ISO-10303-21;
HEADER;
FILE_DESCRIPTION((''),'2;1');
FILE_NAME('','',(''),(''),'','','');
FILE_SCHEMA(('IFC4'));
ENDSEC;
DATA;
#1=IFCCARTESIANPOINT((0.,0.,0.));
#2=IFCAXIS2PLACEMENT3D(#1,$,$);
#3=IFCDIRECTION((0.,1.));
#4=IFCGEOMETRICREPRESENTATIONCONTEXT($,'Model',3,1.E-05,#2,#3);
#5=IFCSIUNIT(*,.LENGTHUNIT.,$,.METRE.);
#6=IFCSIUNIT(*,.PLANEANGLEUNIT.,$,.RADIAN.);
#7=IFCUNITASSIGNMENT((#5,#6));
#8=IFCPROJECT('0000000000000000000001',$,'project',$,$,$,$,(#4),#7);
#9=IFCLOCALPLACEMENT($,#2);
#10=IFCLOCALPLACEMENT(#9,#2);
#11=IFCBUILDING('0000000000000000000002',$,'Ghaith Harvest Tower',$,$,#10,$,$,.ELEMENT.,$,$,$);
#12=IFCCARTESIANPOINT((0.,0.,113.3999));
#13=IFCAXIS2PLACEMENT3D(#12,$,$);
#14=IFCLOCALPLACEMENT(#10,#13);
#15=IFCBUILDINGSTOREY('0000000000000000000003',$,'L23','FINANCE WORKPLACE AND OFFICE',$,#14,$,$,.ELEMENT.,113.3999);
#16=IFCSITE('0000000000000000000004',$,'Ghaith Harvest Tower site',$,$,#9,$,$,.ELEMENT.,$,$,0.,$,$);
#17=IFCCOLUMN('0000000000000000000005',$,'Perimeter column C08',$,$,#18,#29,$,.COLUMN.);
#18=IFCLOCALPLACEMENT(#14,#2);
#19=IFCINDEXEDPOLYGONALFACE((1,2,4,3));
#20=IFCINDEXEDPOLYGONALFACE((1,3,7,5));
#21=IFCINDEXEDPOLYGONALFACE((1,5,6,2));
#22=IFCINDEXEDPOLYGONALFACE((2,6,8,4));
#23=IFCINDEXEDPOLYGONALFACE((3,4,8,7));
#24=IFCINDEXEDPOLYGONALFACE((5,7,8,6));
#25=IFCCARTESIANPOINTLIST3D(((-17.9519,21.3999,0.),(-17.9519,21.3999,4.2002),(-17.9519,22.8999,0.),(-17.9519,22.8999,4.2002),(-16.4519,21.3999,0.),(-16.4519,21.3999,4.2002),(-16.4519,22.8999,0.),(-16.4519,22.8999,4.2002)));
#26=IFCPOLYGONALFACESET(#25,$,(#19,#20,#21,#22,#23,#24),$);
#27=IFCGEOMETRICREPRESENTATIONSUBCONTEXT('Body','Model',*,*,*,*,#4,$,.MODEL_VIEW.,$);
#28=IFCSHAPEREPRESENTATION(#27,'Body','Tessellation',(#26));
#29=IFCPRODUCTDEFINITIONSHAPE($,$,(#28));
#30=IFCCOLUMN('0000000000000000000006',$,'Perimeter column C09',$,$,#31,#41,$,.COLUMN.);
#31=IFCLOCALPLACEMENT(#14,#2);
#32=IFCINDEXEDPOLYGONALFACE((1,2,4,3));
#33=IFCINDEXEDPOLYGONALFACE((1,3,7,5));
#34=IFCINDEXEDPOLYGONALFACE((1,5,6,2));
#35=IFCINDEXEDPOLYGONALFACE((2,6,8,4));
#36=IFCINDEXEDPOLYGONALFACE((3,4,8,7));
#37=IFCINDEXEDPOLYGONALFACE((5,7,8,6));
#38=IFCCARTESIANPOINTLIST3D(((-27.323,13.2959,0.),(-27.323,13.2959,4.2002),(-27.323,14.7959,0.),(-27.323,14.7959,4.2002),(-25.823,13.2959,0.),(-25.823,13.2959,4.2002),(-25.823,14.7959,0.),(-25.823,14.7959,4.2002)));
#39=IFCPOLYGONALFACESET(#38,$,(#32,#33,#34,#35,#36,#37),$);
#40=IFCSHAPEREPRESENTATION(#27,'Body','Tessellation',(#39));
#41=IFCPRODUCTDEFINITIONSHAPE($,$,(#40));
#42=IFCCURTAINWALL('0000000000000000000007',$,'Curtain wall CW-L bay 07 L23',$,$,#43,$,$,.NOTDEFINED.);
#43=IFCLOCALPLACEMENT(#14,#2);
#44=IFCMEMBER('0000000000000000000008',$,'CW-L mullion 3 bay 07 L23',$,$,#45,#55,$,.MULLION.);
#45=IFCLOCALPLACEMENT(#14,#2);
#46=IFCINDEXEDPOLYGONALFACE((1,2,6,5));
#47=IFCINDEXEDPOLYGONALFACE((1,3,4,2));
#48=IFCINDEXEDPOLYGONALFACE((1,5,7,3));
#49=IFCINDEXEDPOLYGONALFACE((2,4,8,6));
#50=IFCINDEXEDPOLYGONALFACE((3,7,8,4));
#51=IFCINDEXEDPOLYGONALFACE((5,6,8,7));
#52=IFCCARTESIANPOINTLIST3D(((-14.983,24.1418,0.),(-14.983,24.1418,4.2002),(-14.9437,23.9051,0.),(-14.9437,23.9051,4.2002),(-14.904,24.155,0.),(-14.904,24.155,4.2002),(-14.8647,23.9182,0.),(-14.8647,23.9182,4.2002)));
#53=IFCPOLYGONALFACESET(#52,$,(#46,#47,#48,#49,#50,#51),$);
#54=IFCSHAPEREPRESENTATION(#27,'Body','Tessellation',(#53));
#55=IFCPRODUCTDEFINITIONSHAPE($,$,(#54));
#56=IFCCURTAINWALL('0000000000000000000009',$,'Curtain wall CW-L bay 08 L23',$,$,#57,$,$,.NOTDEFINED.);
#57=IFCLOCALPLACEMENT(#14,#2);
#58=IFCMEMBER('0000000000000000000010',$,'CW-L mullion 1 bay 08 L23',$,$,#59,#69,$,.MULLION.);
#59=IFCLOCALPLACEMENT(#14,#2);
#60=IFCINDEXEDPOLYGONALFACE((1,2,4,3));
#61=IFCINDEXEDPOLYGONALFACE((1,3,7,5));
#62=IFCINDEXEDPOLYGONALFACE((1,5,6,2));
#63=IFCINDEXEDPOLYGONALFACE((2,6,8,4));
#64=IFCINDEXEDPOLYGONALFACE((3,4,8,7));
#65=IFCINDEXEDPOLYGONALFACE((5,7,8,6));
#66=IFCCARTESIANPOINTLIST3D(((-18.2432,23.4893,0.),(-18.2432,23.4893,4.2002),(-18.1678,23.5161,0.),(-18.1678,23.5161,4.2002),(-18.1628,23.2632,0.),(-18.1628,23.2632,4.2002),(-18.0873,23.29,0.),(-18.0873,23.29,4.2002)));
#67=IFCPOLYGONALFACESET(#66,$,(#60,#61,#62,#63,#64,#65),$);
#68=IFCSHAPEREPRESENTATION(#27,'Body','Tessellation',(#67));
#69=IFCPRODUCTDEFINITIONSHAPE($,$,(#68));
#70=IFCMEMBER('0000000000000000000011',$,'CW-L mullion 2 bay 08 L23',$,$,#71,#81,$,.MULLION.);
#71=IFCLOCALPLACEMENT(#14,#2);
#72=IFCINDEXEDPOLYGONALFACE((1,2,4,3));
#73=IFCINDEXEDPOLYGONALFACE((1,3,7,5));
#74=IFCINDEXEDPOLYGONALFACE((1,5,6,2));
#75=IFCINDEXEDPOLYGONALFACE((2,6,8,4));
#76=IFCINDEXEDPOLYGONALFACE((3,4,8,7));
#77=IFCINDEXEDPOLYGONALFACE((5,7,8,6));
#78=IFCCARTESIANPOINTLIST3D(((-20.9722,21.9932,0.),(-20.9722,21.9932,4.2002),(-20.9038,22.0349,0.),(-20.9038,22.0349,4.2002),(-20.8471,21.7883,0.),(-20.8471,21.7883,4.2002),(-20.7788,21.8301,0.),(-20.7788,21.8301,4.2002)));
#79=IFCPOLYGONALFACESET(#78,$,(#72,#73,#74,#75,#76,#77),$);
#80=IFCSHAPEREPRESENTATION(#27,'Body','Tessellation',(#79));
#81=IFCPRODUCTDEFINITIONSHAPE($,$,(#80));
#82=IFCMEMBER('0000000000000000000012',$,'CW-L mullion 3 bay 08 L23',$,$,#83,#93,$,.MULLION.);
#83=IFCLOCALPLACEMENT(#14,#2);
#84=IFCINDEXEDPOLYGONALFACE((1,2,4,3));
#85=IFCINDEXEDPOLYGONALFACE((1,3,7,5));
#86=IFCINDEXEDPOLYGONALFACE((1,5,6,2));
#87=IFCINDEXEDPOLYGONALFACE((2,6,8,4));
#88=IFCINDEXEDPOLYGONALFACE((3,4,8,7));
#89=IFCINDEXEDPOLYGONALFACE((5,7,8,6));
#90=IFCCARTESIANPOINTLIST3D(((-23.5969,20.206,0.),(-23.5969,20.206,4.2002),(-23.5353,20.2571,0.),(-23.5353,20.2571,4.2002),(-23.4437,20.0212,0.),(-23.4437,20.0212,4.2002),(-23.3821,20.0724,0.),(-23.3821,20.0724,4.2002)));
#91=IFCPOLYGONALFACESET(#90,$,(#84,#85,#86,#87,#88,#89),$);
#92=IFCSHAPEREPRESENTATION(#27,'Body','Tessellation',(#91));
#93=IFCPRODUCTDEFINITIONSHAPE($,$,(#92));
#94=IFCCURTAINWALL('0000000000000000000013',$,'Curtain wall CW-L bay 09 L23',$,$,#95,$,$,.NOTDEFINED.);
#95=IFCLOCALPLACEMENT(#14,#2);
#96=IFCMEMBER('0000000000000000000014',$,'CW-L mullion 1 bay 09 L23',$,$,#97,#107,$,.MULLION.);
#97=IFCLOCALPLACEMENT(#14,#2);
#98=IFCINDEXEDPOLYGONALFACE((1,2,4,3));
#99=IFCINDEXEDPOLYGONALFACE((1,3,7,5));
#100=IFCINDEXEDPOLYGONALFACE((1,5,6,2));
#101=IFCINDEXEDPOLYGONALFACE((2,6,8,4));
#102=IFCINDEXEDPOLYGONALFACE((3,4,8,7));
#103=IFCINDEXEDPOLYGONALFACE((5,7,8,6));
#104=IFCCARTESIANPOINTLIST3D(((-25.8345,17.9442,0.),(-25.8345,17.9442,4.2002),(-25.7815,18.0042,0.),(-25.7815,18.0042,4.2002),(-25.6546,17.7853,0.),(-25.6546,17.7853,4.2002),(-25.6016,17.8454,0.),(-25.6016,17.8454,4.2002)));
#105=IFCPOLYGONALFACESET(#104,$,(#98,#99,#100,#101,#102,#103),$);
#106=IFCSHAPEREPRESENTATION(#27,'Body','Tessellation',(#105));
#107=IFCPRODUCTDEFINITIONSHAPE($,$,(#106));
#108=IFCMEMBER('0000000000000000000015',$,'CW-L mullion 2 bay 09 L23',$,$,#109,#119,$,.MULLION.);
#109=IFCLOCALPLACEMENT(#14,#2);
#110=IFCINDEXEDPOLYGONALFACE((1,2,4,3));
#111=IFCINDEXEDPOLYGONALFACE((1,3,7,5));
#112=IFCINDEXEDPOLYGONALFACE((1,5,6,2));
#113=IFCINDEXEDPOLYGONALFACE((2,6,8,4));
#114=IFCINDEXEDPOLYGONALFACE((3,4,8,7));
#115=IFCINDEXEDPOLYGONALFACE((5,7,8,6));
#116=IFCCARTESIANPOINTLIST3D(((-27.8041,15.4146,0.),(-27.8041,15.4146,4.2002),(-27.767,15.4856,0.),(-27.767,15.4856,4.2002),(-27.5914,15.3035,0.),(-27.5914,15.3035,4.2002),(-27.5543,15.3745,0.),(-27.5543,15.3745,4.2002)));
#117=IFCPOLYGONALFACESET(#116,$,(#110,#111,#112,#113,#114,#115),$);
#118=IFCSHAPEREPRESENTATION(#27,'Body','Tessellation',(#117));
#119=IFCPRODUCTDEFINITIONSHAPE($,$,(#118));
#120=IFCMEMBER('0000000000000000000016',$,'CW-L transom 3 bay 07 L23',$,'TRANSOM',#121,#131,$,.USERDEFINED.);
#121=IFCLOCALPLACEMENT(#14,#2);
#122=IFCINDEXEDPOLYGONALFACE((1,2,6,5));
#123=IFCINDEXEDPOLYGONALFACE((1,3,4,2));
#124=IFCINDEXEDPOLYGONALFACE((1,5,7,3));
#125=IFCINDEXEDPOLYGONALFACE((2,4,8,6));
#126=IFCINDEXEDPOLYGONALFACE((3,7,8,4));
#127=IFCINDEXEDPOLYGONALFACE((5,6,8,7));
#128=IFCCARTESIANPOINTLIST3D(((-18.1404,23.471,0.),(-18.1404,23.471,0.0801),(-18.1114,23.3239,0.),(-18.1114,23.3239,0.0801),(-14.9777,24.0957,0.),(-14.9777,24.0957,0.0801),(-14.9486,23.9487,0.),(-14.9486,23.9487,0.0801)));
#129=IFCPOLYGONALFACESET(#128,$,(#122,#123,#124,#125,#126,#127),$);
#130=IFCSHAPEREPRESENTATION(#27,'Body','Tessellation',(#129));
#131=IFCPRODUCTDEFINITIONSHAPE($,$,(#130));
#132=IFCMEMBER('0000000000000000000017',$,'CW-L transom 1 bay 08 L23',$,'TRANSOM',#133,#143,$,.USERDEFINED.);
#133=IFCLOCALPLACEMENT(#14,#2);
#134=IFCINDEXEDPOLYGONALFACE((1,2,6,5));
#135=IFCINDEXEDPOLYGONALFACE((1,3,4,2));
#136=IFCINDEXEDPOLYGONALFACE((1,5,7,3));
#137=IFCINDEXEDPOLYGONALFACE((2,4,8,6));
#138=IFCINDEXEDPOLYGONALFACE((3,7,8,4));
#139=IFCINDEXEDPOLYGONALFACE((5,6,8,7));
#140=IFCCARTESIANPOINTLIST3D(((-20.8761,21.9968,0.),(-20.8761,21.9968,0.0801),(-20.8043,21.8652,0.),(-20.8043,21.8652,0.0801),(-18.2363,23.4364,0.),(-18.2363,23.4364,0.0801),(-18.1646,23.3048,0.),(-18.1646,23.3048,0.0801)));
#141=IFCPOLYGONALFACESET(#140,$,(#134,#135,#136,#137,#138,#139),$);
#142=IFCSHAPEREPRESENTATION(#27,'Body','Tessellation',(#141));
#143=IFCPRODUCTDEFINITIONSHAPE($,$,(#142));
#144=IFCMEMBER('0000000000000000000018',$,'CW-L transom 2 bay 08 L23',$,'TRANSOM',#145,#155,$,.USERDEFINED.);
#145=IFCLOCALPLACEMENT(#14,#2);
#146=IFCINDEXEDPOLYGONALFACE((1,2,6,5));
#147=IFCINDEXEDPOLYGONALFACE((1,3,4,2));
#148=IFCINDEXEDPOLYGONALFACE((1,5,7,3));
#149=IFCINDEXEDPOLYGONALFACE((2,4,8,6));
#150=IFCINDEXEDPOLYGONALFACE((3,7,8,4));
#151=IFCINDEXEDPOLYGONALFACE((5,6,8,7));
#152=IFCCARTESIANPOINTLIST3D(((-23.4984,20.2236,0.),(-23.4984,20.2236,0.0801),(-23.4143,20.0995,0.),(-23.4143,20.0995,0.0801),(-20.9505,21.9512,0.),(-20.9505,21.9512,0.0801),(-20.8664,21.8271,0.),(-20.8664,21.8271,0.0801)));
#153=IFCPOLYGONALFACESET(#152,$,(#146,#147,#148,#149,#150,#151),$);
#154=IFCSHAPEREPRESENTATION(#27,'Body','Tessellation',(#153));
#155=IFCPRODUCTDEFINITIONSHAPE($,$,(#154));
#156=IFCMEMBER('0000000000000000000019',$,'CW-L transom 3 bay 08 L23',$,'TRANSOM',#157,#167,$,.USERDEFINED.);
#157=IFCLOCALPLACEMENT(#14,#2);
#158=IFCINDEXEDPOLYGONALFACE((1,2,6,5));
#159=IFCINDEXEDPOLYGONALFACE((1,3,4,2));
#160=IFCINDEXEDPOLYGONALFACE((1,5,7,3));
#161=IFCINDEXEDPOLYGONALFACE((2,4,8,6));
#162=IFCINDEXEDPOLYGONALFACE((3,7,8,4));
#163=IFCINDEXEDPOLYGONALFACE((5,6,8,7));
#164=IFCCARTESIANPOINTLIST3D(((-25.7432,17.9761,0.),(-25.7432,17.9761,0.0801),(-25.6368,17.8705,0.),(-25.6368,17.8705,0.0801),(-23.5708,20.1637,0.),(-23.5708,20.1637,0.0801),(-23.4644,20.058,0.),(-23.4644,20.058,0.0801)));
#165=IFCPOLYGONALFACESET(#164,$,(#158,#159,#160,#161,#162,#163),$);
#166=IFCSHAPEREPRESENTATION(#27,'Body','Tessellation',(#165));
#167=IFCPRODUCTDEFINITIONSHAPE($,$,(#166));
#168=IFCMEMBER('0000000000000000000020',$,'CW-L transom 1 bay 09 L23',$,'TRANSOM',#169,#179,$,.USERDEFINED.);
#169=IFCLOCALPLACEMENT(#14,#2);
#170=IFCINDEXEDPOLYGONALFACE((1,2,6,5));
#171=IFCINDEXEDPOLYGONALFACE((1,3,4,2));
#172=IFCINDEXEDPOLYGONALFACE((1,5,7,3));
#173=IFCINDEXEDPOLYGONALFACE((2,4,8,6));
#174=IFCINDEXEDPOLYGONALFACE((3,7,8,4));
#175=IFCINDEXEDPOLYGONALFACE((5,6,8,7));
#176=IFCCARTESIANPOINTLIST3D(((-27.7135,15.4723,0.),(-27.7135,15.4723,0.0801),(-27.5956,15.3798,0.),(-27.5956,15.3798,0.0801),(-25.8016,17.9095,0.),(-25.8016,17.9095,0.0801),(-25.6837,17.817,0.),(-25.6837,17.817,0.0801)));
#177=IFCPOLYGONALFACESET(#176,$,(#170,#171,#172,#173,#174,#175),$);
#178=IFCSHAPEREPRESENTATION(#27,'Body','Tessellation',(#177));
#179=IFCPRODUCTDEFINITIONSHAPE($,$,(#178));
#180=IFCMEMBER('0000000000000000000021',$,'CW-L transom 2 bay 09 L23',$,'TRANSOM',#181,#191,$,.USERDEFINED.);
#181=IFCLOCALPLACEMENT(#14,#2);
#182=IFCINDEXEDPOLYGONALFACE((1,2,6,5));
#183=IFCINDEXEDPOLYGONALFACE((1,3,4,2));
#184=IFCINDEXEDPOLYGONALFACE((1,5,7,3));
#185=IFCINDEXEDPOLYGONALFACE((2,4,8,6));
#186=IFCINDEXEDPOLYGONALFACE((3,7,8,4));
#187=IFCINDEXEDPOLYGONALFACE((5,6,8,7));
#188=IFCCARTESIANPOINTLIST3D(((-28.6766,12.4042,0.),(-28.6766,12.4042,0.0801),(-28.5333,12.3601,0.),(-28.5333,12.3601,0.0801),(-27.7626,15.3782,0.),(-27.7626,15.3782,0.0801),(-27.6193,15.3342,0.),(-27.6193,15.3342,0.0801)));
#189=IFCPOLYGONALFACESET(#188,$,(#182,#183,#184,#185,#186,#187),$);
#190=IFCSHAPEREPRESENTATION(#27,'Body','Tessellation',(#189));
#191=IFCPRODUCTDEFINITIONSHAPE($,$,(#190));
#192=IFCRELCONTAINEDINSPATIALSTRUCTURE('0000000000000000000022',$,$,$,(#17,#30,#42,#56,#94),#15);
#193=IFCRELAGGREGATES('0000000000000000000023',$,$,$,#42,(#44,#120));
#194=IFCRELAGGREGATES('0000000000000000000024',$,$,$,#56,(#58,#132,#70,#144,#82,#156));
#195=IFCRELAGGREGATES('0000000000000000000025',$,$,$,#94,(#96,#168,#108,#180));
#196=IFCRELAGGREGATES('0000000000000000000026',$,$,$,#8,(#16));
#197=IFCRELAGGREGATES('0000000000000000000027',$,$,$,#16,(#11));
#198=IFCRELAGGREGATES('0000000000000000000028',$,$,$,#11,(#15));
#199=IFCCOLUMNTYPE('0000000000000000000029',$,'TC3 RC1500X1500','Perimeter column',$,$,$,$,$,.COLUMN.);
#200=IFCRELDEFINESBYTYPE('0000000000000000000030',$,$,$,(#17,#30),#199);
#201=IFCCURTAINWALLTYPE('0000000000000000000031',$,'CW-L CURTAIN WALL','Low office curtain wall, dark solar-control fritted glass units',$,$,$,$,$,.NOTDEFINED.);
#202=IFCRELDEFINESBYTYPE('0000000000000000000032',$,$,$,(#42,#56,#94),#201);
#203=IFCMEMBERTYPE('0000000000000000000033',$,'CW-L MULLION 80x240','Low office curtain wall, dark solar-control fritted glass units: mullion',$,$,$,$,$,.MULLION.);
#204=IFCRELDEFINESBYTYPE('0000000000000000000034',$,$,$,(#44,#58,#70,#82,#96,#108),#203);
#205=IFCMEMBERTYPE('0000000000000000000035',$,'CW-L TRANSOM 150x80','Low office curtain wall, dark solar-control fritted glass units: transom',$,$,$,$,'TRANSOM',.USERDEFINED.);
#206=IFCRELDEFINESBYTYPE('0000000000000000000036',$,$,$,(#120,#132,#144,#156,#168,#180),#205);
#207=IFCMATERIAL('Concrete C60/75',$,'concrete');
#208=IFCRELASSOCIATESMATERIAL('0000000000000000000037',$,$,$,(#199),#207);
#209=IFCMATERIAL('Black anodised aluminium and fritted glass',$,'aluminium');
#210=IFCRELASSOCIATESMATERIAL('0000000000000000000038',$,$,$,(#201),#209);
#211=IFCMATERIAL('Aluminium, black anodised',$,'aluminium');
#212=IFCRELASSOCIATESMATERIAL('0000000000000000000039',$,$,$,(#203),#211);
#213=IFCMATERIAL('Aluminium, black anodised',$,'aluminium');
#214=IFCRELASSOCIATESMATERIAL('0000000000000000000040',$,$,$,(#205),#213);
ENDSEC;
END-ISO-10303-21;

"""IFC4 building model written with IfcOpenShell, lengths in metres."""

from ifc_helpers import new_model, si_unit, direction, frame, origin, origin_2d, place, context, subcontext, project, spatial, rectangle, extrude, material, material_profile, profile_set, type_object, element, aggregate, save


model = new_model("IFC4")

# Units and contexts
model_context = context("Model", 3, precision=1e-05, world=origin(), true_north=direction((0.0, 1.0)))
body_context = subcontext(model_context, "Body", "Model", "MODEL_VIEW")
ifc_project = project(units=[si_unit("LENGTHUNIT", "METRE"), si_unit("PLANEANGLEUNIT", "RADIAN")], contexts=[model_context])

# Site, building, storey
site_placement = place(None, origin())
site = spatial("IfcSite", under=ifc_project, at=site_placement, Name="Ghaith Harvest Tower site", CompositionType="ELEMENT", RefElevation=0.0)
building_placement = place(site_placement, origin())
building = spatial("IfcBuilding", under=site, at=building_placement, Name="Ghaith Harvest Tower", CompositionType="ELEMENT")
storey_placement = place(building_placement, frame((0.0, 0.0, 113.3999)))
storey = spatial("IfcBuildingStorey", under=building, at=storey_placement, Name="L23", Description="FINANCE WORKPLACE AND OFFICE", CompositionType="ELEMENT", Elevation=113.3999)

# Columns
ifc_material_1 = material(Name="Concrete C60/75", Category="concrete")
ifc_material_profile_1 = material_profile(ifc_material_1, rectangle(XDim=1.5, YDim=1.5, at=origin_2d()), Name="RC1500X1500")
ifc_profile_set_1 = profile_set([ifc_material_profile_1], Name="Concrete C60/75")
column_type = type_object("IfcColumnType", Name="TC3 RC1500X1500", Description="Perimeter column", PredefinedType="COLUMN", material=ifc_profile_set_1)
for number, where, z_axis, x_axis, name in (
    (1, (-17.2019, 22.1499, 0.0), (0.0, 0.0, 1.0), (1.0, 0.0, 0.0), "Perimeter column C08"),
    (2, (-26.573, 14.0459, 0.0), (0.0, 0.0, 1.0), (1.0, 0.0, 0.0), "Perimeter column C09"),
):
    element("IfcColumn", number, at=place(storey_placement, frame(where, z_axis=z_axis, x_axis=x_axis)), inside=storey, type_object=column_type, Name=name, PredefinedType="COLUMN", context=body_context, shape_type="SweptSolid", body=[
        extrude(rectangle(XDim=1.5, YDim=1.5, at=origin_2d()), origin(), (0.0, 0.0, 1.0), 4.2002),
    ])

# Curtain wall, member
ifc_material_2 = material(Name="Black anodised aluminium and fritted glass", Category="aluminium")
curtain_wall_type = type_object("IfcCurtainWallType", Name="CW-L CURTAIN WALL", Description="Low office curtain wall, dark solar-control fritted glass units", PredefinedType="NOTDEFINED", material=ifc_material_2)
curtain_wall_1_placement = place(storey_placement, origin())
curtain_wall_1 = element("IfcCurtainWall", 3, at=curtain_wall_1_placement, inside=storey, type_object=curtain_wall_type, Name="Curtain wall CW-L bay 07 L23", PredefinedType="NOTDEFINED")
ifc_material_3 = material(Name="Aluminium, black anodised", Category="aluminium")
ifc_material_profile_2 = material_profile(ifc_material_3, rectangle(XDim=0.0801, YDim=0.24, at=origin_2d()), Name="CW-L MULLION 80x240")
ifc_profile_set_2 = profile_set([ifc_material_profile_2], Name="Aluminium, black anodised")
member_type_1 = type_object("IfcMemberType", Name="CW-L MULLION 80x240", Description="Low office curtain wall, dark solar-control fritted glass units: mullion", PredefinedType="MULLION", material=ifc_profile_set_2)
member_1_placement = place(storey_placement, frame((-14.9238, 24.03, 0.0), z_axis=(0.0, 0.0, 1.0), x_axis=(-0.986495, -0.163794, 0.0)))
member_1 = element("IfcMember", 4, at=member_1_placement, type_object=member_type_1, Name="CW-L mullion 3 bay 07 L23", PredefinedType="MULLION", context=body_context, shape_type="SweptSolid", body=[
    extrude(rectangle(XDim=0.0801, YDim=0.24, at=origin_2d()), origin(), (0.0, 0.0, 1.0), 4.2002),
])

# Curtain walls, members
curtain_wall_2_placement = place(storey_placement, origin())
curtain_wall_2 = element("IfcCurtainWall", 5, at=curtain_wall_2_placement, inside=storey, type_object=curtain_wall_type, Name="Curtain wall CW-L bay 08 L23", PredefinedType="NOTDEFINED")
member_2_placement = place(storey_placement, frame((-18.1653, 23.3896, 0.0), z_axis=(0.0, 0.0, 1.0), x_axis=(-0.942104, -0.335322, 0.0)))
member_2 = element("IfcMember", 6, at=member_2_placement, type_object=member_type_1, Name="CW-L mullion 1 bay 08 L23", PredefinedType="MULLION", context=body_context, shape_type="SweptSolid", body=[
    extrude(rectangle(XDim=0.0801, YDim=0.24, at=origin_2d()), origin(), (0.0, 0.0, 1.0), 4.2002),
])
member_3_placement = place(storey_placement, frame((-20.8755, 21.9116, 0.0), z_axis=(0.0, 0.0, 1.0), x_axis=(-0.853516, -0.521067, 0.0)))
member_3 = element("IfcMember", 7, at=member_3_placement, type_object=member_type_1, Name="CW-L mullion 2 bay 08 L23", PredefinedType="MULLION", context=body_context, shape_type="SweptSolid", body=[
    extrude(rectangle(XDim=0.0801, YDim=0.24, at=origin_2d()), origin(), (0.0, 0.0, 1.0), 4.2002),
])
member_4_placement = place(storey_placement, frame((-23.4895, 20.1392, 0.0), z_axis=(0.0, 0.0, 1.0), x_axis=(-0.769683, -0.638427, 0.0)))
member_4 = element("IfcMember", 8, at=member_4_placement, type_object=member_type_1, Name="CW-L mullion 3 bay 08 L23", PredefinedType="MULLION", context=body_context, shape_type="SweptSolid", body=[
    extrude(rectangle(XDim=0.0801, YDim=0.24, at=origin_2d()), origin(), (0.0, 0.0, 1.0), 4.2002),
])
curtain_wall_3_placement = place(storey_placement, origin())
curtain_wall_3 = element("IfcCurtainWall", 9, at=curtain_wall_3_placement, inside=storey, type_object=curtain_wall_type, Name="Curtain wall CW-L bay 09 L23", PredefinedType="NOTDEFINED")
member_5_placement = place(storey_placement, frame((-25.718, 17.8948, 0.0), z_axis=(0.0, 0.0, 1.0), x_axis=(-0.661904, -0.749589, 0.0)))
member_5 = element("IfcMember", 10, at=member_5_placement, type_object=member_type_1, Name="CW-L mullion 1 bay 09 L23", PredefinedType="MULLION", context=body_context, shape_type="SweptSolid", body=[
    extrude(rectangle(XDim=0.0801, YDim=0.24, at=origin_2d()), origin(), (0.0, 0.0, 1.0), 4.2002),
])
member_6_placement = place(storey_placement, frame((-27.6792, 15.3945, 0.0), z_axis=(0.0, 0.0, 1.0), x_axis=(-0.46289, -0.886416, 0.0)))
member_6 = element("IfcMember", 11, at=member_6_placement, type_object=member_type_1, Name="CW-L mullion 2 bay 09 L23", PredefinedType="MULLION", context=body_context, shape_type="SweptSolid", body=[
    extrude(rectangle(XDim=0.0801, YDim=0.24, at=origin_2d()), origin(), (0.0, 0.0, 1.0), 4.2002),
])

# Members
ifc_material_4 = material(Name="Aluminium, black anodised", Category="aluminium")
ifc_material_profile_3 = material_profile(ifc_material_4, rectangle(XDim=0.1499, YDim=0.0801, at=origin_2d()), Name="CW-L TRANSOM 150x80")
ifc_profile_set_3 = profile_set([ifc_material_profile_3], Name="Aluminium, black anodised")
member_type_2 = type_object("IfcMemberType", Name="CW-L TRANSOM 150x80", Description="Low office curtain wall, dark solar-control fritted glass units: transom", ElementType="TRANSOM", PredefinedType="USERDEFINED", material=ifc_profile_set_3)
member_7_placement = place(storey_placement, frame((-14.9631, 24.0222, 0.04), z_axis=(-0.981044, -0.193786, 0.0), x_axis=(0.193786, -0.981044, 0.0)))
member_7 = element("IfcMember", 12, at=member_7_placement, type_object=member_type_2, Name="CW-L transom 3 bay 07 L23", ObjectType="TRANSOM", PredefinedType="USERDEFINED", context=body_context, shape_type="SweptSolid", body=[
    extrude(rectangle(XDim=0.1499, YDim=0.0801, at=origin_2d()), origin(), (0.0, 0.0, 1.0), 3.2239),
])
member_8_placement = place(storey_placement, frame((-18.2004, 23.3706, 0.04), z_axis=(-0.87793, -0.47879, 0.0), x_axis=(0.47879, -0.87793, 0.0)))
member_8 = element("IfcMember", 13, at=member_8_placement, type_object=member_type_2, Name="CW-L transom 1 bay 08 L23", ObjectType="TRANSOM", PredefinedType="USERDEFINED", context=body_context, shape_type="SweptSolid", body=[
    extrude(rectangle(XDim=0.1499, YDim=0.0801, at=origin_2d()), origin(), (0.0, 0.0, 1.0), 3.0068),
])
member_9_placement = place(storey_placement, frame((-20.9084, 21.8892, 0.04), z_axis=(-0.827681, -0.561199, 0.0), x_axis=(0.561199, -0.827681, 0.0)))
member_9 = element("IfcMember", 14, at=member_9_placement, type_object=member_type_2, Name="CW-L transom 2 bay 08 L23", ObjectType="TRANSOM", PredefinedType="USERDEFINED", context=body_context, shape_type="SweptSolid", body=[
    extrude(rectangle(XDim=0.1499, YDim=0.0801, at=origin_2d()), origin(), (0.0, 0.0, 1.0), 3.0784),
])
member_10_placement = place(storey_placement, frame((-23.5176, 20.1108, 0.04), z_axis=(-0.704648, -0.709557, 0.0), x_axis=(0.709557, -0.704648, 0.0)))
member_10 = element("IfcMember", 15, at=member_10_placement, type_object=member_type_2, Name="CW-L transom 3 bay 08 L23", ObjectType="TRANSOM", PredefinedType="USERDEFINED", context=body_context, shape_type="SweptSolid", body=[
    extrude(rectangle(XDim=0.1499, YDim=0.0801, at=origin_2d()), origin(), (0.0, 0.0, 1.0), 3.083),
])
member_11_placement = place(storey_placement, frame((-25.7427, 17.8633, 0.04), z_axis=(-0.617198, -0.786808, 0.0), x_axis=(0.786808, -0.617198, 0.0)))
member_11 = element("IfcMember", 16, at=member_11_placement, type_object=member_type_2, Name="CW-L transom 1 bay 09 L23", ObjectType="TRANSOM", PredefinedType="USERDEFINED", context=body_context, shape_type="SweptSolid", body=[
    extrude(rectangle(XDim=0.1499, YDim=0.0801, at=origin_2d()), origin(), (0.0, 0.0, 1.0), 3.0977),
])
member_12_placement = place(storey_placement, frame((-27.6909, 15.3562, 0.04), z_axis=(-0.293777, -0.955874, 0.0), x_axis=(0.955874, -0.293777, 0.0)))
member_12 = element("IfcMember", 17, at=member_12_placement, type_object=member_type_2, Name="CW-L transom 2 bay 09 L23", ObjectType="TRANSOM", PredefinedType="USERDEFINED", context=body_context, shape_type="SweptSolid", body=[
    extrude(rectangle(XDim=0.1499, YDim=0.0801, at=origin_2d()), origin(), (0.0, 0.0, 1.0), 3.1113),
])

aggregate(curtain_wall_1, [member_1, member_7])
aggregate(curtain_wall_2, [member_2, member_8, member_3, member_9, member_4, member_10])
aggregate(curtain_wall_3, [member_5, member_11, member_6, member_12])

save(model, "model.ifc")
